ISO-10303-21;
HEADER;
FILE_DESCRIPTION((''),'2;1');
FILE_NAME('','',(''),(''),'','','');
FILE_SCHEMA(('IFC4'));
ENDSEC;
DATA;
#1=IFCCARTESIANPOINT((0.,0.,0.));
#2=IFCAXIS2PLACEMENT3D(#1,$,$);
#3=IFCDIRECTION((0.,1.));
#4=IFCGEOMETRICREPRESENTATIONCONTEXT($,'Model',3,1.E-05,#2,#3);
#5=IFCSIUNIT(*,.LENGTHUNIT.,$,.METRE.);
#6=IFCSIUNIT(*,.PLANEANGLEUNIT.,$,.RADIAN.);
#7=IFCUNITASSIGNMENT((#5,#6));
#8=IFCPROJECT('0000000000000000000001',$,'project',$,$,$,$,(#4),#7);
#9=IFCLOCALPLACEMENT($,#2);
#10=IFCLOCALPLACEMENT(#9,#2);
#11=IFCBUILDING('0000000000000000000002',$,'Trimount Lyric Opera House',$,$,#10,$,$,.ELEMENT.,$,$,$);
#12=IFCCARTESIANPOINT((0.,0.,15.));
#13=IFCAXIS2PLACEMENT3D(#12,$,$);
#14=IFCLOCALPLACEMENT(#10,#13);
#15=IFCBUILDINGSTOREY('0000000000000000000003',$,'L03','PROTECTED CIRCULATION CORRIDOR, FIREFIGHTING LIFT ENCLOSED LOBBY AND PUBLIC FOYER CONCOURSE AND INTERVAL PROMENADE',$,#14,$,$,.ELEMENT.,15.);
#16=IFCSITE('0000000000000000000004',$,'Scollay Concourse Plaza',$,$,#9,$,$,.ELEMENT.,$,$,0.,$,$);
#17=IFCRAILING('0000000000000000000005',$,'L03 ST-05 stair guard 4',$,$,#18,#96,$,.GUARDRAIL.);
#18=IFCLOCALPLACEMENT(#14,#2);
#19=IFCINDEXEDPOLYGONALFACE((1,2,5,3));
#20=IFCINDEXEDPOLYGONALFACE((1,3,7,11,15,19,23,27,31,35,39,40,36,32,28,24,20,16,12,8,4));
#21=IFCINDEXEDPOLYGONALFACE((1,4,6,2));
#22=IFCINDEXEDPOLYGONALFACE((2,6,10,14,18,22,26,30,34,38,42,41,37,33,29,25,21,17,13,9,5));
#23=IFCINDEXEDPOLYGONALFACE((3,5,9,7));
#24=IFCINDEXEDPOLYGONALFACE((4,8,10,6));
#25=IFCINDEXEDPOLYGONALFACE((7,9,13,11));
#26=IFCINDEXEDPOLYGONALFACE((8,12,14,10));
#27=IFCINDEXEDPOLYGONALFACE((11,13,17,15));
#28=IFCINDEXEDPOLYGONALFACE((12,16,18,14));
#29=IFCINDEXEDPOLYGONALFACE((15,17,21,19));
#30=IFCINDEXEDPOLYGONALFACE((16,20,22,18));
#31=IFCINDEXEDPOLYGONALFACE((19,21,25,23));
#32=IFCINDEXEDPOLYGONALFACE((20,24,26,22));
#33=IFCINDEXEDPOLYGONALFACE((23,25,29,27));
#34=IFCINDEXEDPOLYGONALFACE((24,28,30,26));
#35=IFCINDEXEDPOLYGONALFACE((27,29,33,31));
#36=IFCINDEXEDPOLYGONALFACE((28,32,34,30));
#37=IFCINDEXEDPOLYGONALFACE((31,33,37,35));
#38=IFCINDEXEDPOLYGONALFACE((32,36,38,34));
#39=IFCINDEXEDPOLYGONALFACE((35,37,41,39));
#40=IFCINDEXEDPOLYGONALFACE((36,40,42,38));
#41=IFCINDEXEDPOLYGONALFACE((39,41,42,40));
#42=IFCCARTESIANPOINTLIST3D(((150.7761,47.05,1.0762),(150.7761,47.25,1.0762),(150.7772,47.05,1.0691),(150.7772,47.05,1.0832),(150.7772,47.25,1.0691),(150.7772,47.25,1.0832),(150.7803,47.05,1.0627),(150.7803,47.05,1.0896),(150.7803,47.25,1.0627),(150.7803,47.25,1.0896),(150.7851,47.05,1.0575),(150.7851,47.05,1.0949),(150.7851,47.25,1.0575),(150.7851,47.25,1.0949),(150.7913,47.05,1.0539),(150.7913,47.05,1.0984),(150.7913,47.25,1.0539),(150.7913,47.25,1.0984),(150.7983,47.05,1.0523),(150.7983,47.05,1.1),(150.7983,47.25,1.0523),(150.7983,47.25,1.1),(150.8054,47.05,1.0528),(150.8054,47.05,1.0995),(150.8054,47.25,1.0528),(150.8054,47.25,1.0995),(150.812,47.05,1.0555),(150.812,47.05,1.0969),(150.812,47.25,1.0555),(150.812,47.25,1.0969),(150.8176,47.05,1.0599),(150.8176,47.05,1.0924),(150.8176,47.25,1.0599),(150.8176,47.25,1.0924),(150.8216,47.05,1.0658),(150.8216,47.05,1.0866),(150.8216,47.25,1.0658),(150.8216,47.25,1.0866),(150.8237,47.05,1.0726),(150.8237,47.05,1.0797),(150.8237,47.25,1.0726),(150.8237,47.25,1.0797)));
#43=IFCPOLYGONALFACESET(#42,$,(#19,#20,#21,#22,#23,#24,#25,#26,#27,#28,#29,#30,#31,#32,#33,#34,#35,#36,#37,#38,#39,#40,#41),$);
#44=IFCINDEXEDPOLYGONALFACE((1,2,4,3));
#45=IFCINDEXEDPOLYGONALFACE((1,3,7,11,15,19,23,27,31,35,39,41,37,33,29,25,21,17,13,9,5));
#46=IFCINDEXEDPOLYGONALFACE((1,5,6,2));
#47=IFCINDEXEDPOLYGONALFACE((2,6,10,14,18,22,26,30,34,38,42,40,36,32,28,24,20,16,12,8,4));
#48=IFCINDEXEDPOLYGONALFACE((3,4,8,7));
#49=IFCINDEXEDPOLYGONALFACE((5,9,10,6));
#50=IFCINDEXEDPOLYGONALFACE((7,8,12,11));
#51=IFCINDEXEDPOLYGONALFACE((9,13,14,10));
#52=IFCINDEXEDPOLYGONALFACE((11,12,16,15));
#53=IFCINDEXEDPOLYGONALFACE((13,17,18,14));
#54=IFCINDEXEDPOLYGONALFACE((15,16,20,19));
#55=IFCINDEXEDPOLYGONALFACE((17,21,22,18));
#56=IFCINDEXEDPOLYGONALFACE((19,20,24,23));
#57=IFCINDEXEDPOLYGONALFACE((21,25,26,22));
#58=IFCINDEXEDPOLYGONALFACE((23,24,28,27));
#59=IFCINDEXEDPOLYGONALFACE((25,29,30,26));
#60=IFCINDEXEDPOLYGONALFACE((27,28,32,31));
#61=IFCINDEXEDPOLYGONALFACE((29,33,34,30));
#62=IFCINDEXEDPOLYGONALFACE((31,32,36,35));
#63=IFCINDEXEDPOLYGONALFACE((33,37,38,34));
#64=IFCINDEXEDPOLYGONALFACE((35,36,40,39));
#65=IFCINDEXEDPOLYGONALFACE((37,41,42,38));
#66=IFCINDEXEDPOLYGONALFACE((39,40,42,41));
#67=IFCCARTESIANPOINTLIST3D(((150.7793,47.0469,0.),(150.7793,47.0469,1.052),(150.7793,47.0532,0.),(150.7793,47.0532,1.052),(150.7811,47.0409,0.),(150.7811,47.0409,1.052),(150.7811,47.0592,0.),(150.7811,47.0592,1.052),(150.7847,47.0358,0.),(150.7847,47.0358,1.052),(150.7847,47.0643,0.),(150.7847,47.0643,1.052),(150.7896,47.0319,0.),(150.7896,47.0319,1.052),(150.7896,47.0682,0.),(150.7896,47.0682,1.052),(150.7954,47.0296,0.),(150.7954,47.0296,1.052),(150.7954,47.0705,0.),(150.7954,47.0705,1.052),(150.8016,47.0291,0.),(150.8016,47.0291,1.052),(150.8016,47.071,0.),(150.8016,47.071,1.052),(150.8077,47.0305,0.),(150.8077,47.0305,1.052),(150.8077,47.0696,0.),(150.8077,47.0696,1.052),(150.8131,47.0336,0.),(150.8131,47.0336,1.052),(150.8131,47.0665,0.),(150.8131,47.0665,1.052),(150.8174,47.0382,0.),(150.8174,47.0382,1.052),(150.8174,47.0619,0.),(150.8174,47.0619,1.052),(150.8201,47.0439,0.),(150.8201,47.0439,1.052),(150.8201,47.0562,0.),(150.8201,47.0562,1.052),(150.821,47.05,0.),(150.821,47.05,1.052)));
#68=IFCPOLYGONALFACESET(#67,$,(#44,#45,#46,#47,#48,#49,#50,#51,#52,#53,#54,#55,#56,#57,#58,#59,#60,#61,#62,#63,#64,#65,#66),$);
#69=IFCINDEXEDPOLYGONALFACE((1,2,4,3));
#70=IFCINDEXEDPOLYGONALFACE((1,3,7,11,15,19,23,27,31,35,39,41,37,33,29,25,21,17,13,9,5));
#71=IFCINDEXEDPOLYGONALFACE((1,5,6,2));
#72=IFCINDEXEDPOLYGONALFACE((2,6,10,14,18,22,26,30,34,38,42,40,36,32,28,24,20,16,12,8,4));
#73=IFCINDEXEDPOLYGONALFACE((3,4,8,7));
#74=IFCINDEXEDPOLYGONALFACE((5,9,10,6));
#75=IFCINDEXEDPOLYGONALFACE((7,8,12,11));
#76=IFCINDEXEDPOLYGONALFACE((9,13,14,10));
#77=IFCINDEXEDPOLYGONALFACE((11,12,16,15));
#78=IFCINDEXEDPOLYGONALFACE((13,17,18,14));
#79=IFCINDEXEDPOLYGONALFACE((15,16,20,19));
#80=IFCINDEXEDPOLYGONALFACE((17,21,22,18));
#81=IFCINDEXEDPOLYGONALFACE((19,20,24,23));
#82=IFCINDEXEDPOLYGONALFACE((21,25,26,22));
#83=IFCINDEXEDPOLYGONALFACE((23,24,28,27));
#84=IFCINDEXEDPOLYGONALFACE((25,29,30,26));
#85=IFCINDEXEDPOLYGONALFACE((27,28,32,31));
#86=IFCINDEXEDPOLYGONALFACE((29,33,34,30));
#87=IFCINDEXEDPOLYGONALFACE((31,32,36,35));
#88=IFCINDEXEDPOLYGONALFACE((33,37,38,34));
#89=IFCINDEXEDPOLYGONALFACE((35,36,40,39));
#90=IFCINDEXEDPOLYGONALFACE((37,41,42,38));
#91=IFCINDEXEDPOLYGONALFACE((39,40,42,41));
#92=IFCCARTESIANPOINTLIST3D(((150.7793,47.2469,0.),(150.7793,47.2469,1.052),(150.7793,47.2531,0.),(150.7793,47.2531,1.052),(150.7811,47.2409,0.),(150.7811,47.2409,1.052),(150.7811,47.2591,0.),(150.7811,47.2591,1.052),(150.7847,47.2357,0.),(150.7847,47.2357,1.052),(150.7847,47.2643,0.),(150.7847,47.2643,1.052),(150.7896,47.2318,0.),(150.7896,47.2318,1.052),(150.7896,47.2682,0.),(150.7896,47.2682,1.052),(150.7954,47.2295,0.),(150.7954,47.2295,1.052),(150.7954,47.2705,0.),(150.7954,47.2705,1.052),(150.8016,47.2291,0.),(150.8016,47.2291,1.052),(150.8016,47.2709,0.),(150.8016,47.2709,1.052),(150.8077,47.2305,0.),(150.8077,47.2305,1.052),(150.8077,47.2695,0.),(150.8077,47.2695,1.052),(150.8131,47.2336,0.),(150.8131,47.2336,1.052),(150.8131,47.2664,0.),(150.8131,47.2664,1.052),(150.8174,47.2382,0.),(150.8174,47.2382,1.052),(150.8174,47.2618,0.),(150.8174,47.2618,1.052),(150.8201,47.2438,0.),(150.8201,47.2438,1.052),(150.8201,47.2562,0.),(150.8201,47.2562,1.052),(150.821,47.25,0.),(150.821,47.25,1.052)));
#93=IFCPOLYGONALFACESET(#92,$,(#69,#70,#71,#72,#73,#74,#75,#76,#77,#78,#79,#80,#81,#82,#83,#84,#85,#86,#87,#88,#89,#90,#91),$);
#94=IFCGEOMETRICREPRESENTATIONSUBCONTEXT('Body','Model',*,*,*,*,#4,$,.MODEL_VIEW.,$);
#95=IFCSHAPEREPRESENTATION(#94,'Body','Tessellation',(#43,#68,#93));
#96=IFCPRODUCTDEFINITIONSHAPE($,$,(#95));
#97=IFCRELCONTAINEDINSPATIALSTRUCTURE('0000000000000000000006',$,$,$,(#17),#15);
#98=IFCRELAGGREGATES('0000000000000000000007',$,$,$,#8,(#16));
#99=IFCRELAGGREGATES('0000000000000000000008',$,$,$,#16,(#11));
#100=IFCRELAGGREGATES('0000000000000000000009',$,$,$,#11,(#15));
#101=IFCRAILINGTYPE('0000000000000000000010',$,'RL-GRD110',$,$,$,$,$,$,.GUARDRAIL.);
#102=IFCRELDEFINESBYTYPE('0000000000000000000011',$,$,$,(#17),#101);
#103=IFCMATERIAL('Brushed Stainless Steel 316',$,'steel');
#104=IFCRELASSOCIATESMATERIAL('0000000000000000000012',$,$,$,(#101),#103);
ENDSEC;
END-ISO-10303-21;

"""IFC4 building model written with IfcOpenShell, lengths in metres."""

from ifc_helpers import new_model, si_unit, direction, frame, origin, origin_2d, place, context, subcontext, project, spatial, circle, extrude, material, type_object, element, save


model = new_model("IFC4")

# Units and contexts
model_context = context("Model", 3, precision=1e-05, world=origin(), true_north=direction((0.0, 1.0)))
body_context = subcontext(model_context, "Body", "Model", "MODEL_VIEW")
ifc_project = project(units=[si_unit("LENGTHUNIT", "METRE"), si_unit("PLANEANGLEUNIT", "RADIAN")], contexts=[model_context])

# Site, building, storey
site_placement = place(None, origin())
site = spatial("IfcSite", under=ifc_project, at=site_placement, Name="Scollay Concourse Plaza", CompositionType="ELEMENT", RefElevation=0.0)
building_placement = place(site_placement, origin())
building = spatial("IfcBuilding", under=site, at=building_placement, Name="Trimount Lyric Opera House", CompositionType="ELEMENT")
storey_placement = place(building_placement, frame((0.0, 0.0, 15.0)))
storey = spatial("IfcBuildingStorey", under=building, at=storey_placement, Name="L03", Description="PROTECTED CIRCULATION CORRIDOR, FIREFIGHTING LIFT ENCLOSED LOBBY AND PUBLIC FOYER CONCOURSE AND INTERVAL PROMENADE", CompositionType="ELEMENT", Elevation=15.0)

# Railing
ifc_material_1 = material(Name="Brushed Stainless Steel 316", Category="steel")
railing_type = type_object("IfcRailingType", Name="RL-GRD110", PredefinedType="GUARDRAIL", material=ifc_material_1)
railing_placement = place(storey_placement, frame((150.8, 47.05, 0.0)))
element("IfcRailing", 1, at=railing_placement, inside=storey, type_object=railing_type, Name="L03 ST-05 stair guard 4", PredefinedType="GUARDRAIL", context=body_context, shape_type="SweptSolid", body=[
    extrude(circle(Radius=0.0239, at=origin_2d()), frame((0.0, 0.0, 1.0762), z_axis=(0.0, 1.0, 0.0), x_axis=(-1.0, 0.0, 0.0)), (0.0, 0.0, 1.0), 0.2),
    extrude(circle(Radius=0.021, at=origin_2d()), origin(), (0.0, 0.0, 1.0), 1.052),
    extrude(circle(Radius=0.021, at=origin_2d()), frame((0.0, 0.2, 0.0)), (0.0, 0.0, 1.0), 1.052),
])

save(model, "model.ifc")
